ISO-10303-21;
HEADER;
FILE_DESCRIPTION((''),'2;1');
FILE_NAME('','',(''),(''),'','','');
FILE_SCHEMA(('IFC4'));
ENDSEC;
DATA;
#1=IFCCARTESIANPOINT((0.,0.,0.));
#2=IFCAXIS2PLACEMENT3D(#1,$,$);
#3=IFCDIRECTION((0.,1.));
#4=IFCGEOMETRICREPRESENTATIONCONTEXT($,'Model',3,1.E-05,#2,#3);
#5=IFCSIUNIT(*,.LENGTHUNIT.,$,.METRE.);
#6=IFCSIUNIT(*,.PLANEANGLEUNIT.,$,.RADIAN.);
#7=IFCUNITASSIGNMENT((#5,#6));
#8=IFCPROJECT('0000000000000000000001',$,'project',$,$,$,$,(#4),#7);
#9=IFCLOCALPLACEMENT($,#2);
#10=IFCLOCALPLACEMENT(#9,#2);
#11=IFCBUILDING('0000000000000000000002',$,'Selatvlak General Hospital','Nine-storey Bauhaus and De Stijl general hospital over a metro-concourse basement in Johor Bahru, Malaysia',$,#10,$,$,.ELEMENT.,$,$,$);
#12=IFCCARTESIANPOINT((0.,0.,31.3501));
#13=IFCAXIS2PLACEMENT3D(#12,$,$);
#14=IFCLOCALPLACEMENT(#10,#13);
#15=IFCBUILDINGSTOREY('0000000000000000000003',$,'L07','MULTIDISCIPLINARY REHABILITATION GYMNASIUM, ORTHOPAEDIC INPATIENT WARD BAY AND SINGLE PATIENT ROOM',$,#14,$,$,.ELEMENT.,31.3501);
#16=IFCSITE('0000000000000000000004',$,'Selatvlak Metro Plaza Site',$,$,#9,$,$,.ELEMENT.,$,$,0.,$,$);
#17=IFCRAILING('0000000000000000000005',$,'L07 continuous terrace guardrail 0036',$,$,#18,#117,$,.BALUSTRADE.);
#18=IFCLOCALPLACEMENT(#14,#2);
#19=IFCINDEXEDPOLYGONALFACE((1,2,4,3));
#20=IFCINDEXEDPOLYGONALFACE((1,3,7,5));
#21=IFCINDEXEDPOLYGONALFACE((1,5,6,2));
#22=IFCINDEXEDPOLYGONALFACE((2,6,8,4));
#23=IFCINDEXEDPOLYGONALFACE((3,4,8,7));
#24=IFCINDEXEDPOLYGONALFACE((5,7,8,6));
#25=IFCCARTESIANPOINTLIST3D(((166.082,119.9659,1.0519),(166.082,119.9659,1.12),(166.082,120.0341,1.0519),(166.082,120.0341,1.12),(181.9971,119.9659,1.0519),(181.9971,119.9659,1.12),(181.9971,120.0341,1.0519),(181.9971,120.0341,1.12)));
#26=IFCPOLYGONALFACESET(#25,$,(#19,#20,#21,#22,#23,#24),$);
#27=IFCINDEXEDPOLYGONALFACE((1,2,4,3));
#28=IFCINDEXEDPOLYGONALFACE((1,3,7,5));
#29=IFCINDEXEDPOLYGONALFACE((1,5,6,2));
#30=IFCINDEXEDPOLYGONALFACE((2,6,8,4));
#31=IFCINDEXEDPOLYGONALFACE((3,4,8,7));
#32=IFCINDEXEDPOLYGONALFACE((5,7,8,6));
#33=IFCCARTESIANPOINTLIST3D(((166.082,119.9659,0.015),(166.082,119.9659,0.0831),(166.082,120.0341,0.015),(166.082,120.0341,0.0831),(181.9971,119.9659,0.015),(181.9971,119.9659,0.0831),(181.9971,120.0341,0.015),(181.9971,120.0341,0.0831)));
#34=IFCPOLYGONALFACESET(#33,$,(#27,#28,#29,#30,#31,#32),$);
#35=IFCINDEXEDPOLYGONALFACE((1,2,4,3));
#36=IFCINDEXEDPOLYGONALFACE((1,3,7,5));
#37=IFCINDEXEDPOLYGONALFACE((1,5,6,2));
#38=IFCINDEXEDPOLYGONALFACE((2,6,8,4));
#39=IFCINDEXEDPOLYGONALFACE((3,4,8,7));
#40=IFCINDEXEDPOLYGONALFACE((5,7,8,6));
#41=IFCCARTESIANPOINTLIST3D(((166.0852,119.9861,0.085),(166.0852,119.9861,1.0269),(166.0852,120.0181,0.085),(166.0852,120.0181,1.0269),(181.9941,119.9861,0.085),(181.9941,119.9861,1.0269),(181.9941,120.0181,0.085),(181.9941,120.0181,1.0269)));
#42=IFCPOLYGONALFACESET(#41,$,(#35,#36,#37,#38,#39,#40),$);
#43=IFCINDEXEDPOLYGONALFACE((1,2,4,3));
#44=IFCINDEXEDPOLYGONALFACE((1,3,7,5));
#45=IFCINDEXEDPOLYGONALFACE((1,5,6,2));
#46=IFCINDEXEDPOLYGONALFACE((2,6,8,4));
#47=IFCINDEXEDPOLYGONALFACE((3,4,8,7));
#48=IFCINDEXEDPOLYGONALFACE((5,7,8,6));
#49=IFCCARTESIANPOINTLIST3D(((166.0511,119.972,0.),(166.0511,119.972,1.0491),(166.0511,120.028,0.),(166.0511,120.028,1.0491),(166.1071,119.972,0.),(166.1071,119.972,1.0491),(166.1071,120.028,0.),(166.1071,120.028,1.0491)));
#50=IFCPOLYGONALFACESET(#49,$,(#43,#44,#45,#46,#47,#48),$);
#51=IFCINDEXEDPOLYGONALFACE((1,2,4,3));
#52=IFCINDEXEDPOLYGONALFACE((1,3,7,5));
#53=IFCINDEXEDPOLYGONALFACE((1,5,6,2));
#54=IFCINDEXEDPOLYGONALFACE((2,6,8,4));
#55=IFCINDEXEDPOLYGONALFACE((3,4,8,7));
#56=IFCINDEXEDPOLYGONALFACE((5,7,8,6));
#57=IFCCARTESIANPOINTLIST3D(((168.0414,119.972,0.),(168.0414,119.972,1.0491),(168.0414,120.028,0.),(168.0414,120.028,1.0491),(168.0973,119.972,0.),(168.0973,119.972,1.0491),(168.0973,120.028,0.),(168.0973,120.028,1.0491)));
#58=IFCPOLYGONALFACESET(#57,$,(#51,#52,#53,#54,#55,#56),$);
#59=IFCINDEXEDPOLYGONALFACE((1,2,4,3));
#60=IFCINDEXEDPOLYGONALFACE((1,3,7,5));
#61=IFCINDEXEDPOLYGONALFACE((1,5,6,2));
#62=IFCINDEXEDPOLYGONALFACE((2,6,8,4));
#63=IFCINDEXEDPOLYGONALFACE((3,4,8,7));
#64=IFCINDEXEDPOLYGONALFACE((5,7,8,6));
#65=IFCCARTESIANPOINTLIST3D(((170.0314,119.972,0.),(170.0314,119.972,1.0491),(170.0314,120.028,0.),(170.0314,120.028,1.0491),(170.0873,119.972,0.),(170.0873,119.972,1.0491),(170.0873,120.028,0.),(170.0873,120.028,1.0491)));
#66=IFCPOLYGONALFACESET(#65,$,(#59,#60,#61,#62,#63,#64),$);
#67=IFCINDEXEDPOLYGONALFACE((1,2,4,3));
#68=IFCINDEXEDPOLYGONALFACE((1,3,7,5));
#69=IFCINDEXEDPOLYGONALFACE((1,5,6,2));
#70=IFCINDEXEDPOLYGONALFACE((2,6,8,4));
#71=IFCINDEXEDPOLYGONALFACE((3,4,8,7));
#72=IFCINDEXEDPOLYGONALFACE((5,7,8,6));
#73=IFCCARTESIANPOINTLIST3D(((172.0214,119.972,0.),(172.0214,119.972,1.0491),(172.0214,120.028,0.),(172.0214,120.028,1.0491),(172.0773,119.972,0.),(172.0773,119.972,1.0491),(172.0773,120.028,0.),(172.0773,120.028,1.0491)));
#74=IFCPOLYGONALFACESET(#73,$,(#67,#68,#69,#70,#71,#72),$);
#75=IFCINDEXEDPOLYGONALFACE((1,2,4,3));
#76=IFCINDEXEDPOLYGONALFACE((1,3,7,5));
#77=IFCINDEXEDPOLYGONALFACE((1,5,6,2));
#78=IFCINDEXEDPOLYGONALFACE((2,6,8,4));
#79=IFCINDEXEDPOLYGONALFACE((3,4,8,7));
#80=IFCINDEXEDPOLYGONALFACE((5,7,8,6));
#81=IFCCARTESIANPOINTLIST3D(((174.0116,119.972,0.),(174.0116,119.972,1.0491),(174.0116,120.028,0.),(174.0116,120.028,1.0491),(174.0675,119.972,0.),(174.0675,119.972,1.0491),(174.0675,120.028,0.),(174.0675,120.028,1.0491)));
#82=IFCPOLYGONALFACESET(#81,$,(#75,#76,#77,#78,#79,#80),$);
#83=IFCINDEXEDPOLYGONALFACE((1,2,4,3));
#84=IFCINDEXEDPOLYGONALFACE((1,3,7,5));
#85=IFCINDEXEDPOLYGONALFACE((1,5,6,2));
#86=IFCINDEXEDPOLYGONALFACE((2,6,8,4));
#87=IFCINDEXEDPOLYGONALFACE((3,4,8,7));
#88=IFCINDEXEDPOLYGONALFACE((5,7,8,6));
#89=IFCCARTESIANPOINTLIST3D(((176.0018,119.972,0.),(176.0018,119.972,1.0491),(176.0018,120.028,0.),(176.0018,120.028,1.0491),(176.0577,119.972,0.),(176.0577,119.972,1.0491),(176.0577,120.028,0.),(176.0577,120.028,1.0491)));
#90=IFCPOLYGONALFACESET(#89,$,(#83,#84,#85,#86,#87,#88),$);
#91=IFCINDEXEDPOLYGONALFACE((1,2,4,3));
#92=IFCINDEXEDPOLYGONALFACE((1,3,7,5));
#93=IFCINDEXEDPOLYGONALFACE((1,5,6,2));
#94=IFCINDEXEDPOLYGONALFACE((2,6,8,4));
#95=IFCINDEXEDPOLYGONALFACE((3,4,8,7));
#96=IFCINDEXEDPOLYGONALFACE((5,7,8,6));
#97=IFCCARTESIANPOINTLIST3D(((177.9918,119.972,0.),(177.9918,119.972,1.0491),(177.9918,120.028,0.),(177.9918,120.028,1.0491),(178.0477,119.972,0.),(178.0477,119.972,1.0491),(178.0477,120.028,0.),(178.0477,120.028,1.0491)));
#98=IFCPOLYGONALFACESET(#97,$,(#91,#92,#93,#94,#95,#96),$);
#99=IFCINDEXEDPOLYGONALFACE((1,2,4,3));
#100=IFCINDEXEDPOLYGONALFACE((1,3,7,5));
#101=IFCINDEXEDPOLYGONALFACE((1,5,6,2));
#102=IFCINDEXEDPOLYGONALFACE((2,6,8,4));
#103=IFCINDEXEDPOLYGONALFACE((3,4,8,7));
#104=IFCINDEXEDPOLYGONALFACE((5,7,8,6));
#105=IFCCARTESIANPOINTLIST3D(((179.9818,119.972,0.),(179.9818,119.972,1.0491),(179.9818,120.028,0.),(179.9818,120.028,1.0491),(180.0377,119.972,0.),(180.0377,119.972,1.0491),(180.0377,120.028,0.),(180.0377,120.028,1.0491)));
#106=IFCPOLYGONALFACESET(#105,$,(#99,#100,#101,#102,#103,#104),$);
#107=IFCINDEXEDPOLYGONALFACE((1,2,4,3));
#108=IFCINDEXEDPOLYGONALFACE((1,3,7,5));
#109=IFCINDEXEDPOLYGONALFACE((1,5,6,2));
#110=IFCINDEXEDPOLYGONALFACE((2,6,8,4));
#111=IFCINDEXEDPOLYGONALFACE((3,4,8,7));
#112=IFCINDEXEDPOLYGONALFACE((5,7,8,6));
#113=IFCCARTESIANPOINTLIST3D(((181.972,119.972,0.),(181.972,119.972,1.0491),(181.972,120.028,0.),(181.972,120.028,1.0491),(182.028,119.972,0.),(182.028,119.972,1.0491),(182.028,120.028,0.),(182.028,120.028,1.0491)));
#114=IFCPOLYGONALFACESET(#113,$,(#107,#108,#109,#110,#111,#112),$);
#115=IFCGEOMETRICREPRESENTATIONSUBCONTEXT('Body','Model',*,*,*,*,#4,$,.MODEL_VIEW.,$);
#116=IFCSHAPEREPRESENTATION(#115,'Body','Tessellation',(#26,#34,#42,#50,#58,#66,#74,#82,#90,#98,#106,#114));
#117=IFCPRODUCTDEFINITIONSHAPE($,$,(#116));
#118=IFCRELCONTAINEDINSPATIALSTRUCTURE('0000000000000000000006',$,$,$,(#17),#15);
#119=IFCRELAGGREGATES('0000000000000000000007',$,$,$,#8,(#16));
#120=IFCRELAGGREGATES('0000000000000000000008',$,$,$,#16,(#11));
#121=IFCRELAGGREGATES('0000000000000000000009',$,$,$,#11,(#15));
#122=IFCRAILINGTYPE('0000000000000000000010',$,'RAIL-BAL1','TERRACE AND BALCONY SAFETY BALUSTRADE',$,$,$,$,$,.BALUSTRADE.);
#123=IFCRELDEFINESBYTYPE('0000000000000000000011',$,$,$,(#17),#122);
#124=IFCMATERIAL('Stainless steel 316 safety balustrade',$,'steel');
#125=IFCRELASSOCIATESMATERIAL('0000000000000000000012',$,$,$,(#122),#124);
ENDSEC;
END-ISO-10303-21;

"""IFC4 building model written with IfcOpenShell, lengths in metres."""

from ifc_helpers import new_model, si_unit, direction, frame, origin, origin_2d, place, context, subcontext, project, spatial, polyline, rectangle, outline, extrude, material, type_object, element, save


model = new_model("IFC4")

# Units and contexts
model_context = context("Model", 3, precision=1e-05, world=origin(), true_north=direction((0.0, 1.0)))
body_context = subcontext(model_context, "Body", "Model", "MODEL_VIEW")
ifc_project = project(units=[si_unit("LENGTHUNIT", "METRE"), si_unit("PLANEANGLEUNIT", "RADIAN")], contexts=[model_context])

# Site, building, storey
site_placement = place(None, origin())
site = spatial("IfcSite", under=ifc_project, at=site_placement, Name="Selatvlak Metro Plaza Site", CompositionType="ELEMENT", RefElevation=0.0)
building_placement = place(site_placement, origin())
building = spatial("IfcBuilding", under=site, at=building_placement, Name="Selatvlak General Hospital", Description="Nine-storey Bauhaus and De Stijl general hospital over a metro-concourse basement in Johor Bahru, Malaysia", CompositionType="ELEMENT")
storey_placement = place(building_placement, frame((0.0, 0.0, 31.3501)))
storey = spatial("IfcBuildingStorey", under=building, at=storey_placement, Name="L07", Description="MULTIDISCIPLINARY REHABILITATION GYMNASIUM, ORTHOPAEDIC INPATIENT WARD BAY AND SINGLE PATIENT ROOM", CompositionType="ELEMENT", Elevation=31.3501)

# Railing
ifc_material_1 = material(Name="Stainless steel 316 safety balustrade", Category="steel")
railing_type = type_object("IfcRailingType", Name="RAIL-BAL1", Description="TERRACE AND BALCONY SAFETY BALUSTRADE", PredefinedType="BALUSTRADE", material=ifc_material_1)
railing_1_placement = place(storey_placement, frame((166.0791, 120.0, 0.0)))
element("IfcRailing", 1, at=railing_1_placement, inside=storey, type_object=railing_type, Name="L07 continuous terrace guardrail 0036", PredefinedType="BALUSTRADE", context=body_context, shape_type="SweptSolid", body=[
    extrude(rectangle(XDim=0.0681, YDim=0.0681, at=origin_2d()), frame((0.0029, 0.0, 1.0859), z_axis=(1.0, 0.0, 0.0), x_axis=(0.0, 1.0, 0.0)), (0.0, 0.0, 1.0), 15.915),
    extrude(rectangle(XDim=0.0681, YDim=0.0681, at=origin_2d()), frame((0.0029, 0.0, 0.0491), z_axis=(1.0, 0.0, 0.0), x_axis=(0.0, 1.0, 0.0)), (0.0, 0.0, 1.0), 15.915),
    extrude(outline(polyline([(0.0, 0.0), (15.9089, 0.0), (15.9089, 0.9419), (0.0, 0.9419), (0.0, 0.0)])), frame((0.0061, 0.0181, 0.085), z_axis=(0.0, -1.0, 0.0), x_axis=(1.0, 0.0, 0.0)), (0.0, 0.0, 1.0), 0.032),
    extrude(rectangle(XDim=0.0559, YDim=0.0559, at=origin_2d()), origin(), (0.0, 0.0, 1.0), 1.0491),
    extrude(rectangle(XDim=0.0559, YDim=0.0559, at=origin_2d()), frame((1.9902, 0.0, 0.0)), (0.0, 0.0, 1.0), 1.0491),
    extrude(rectangle(XDim=0.0559, YDim=0.0559, at=origin_2d()), frame((3.9802, 0.0, 0.0)), (0.0, 0.0, 1.0), 1.0491),
    extrude(rectangle(XDim=0.0559, YDim=0.0559, at=origin_2d()), frame((5.9702, 0.0, 0.0)), (0.0, 0.0, 1.0), 1.0491),
    extrude(rectangle(XDim=0.0559, YDim=0.0559, at=origin_2d()), frame((7.9604, 0.0, 0.0)), (0.0, 0.0, 1.0), 1.0491),
    extrude(rectangle(XDim=0.0559, YDim=0.0559, at=origin_2d()), frame((9.9507, 0.0, 0.0)), (0.0, 0.0, 1.0), 1.0491),
    extrude(rectangle(XDim=0.0559, YDim=0.0559, at=origin_2d()), frame((11.9407, 0.0, 0.0)), (0.0, 0.0, 1.0), 1.0491),
    extrude(rectangle(XDim=0.0559, YDim=0.0559, at=origin_2d()), frame((13.9307, 0.0, 0.0)), (0.0, 0.0, 1.0), 1.0491),
    extrude(rectangle(XDim=0.0559, YDim=0.0559, at=origin_2d()), frame((15.9209, 0.0, 0.0)), (0.0, 0.0, 1.0), 1.0491),
])

save(model, "model.ifc")
